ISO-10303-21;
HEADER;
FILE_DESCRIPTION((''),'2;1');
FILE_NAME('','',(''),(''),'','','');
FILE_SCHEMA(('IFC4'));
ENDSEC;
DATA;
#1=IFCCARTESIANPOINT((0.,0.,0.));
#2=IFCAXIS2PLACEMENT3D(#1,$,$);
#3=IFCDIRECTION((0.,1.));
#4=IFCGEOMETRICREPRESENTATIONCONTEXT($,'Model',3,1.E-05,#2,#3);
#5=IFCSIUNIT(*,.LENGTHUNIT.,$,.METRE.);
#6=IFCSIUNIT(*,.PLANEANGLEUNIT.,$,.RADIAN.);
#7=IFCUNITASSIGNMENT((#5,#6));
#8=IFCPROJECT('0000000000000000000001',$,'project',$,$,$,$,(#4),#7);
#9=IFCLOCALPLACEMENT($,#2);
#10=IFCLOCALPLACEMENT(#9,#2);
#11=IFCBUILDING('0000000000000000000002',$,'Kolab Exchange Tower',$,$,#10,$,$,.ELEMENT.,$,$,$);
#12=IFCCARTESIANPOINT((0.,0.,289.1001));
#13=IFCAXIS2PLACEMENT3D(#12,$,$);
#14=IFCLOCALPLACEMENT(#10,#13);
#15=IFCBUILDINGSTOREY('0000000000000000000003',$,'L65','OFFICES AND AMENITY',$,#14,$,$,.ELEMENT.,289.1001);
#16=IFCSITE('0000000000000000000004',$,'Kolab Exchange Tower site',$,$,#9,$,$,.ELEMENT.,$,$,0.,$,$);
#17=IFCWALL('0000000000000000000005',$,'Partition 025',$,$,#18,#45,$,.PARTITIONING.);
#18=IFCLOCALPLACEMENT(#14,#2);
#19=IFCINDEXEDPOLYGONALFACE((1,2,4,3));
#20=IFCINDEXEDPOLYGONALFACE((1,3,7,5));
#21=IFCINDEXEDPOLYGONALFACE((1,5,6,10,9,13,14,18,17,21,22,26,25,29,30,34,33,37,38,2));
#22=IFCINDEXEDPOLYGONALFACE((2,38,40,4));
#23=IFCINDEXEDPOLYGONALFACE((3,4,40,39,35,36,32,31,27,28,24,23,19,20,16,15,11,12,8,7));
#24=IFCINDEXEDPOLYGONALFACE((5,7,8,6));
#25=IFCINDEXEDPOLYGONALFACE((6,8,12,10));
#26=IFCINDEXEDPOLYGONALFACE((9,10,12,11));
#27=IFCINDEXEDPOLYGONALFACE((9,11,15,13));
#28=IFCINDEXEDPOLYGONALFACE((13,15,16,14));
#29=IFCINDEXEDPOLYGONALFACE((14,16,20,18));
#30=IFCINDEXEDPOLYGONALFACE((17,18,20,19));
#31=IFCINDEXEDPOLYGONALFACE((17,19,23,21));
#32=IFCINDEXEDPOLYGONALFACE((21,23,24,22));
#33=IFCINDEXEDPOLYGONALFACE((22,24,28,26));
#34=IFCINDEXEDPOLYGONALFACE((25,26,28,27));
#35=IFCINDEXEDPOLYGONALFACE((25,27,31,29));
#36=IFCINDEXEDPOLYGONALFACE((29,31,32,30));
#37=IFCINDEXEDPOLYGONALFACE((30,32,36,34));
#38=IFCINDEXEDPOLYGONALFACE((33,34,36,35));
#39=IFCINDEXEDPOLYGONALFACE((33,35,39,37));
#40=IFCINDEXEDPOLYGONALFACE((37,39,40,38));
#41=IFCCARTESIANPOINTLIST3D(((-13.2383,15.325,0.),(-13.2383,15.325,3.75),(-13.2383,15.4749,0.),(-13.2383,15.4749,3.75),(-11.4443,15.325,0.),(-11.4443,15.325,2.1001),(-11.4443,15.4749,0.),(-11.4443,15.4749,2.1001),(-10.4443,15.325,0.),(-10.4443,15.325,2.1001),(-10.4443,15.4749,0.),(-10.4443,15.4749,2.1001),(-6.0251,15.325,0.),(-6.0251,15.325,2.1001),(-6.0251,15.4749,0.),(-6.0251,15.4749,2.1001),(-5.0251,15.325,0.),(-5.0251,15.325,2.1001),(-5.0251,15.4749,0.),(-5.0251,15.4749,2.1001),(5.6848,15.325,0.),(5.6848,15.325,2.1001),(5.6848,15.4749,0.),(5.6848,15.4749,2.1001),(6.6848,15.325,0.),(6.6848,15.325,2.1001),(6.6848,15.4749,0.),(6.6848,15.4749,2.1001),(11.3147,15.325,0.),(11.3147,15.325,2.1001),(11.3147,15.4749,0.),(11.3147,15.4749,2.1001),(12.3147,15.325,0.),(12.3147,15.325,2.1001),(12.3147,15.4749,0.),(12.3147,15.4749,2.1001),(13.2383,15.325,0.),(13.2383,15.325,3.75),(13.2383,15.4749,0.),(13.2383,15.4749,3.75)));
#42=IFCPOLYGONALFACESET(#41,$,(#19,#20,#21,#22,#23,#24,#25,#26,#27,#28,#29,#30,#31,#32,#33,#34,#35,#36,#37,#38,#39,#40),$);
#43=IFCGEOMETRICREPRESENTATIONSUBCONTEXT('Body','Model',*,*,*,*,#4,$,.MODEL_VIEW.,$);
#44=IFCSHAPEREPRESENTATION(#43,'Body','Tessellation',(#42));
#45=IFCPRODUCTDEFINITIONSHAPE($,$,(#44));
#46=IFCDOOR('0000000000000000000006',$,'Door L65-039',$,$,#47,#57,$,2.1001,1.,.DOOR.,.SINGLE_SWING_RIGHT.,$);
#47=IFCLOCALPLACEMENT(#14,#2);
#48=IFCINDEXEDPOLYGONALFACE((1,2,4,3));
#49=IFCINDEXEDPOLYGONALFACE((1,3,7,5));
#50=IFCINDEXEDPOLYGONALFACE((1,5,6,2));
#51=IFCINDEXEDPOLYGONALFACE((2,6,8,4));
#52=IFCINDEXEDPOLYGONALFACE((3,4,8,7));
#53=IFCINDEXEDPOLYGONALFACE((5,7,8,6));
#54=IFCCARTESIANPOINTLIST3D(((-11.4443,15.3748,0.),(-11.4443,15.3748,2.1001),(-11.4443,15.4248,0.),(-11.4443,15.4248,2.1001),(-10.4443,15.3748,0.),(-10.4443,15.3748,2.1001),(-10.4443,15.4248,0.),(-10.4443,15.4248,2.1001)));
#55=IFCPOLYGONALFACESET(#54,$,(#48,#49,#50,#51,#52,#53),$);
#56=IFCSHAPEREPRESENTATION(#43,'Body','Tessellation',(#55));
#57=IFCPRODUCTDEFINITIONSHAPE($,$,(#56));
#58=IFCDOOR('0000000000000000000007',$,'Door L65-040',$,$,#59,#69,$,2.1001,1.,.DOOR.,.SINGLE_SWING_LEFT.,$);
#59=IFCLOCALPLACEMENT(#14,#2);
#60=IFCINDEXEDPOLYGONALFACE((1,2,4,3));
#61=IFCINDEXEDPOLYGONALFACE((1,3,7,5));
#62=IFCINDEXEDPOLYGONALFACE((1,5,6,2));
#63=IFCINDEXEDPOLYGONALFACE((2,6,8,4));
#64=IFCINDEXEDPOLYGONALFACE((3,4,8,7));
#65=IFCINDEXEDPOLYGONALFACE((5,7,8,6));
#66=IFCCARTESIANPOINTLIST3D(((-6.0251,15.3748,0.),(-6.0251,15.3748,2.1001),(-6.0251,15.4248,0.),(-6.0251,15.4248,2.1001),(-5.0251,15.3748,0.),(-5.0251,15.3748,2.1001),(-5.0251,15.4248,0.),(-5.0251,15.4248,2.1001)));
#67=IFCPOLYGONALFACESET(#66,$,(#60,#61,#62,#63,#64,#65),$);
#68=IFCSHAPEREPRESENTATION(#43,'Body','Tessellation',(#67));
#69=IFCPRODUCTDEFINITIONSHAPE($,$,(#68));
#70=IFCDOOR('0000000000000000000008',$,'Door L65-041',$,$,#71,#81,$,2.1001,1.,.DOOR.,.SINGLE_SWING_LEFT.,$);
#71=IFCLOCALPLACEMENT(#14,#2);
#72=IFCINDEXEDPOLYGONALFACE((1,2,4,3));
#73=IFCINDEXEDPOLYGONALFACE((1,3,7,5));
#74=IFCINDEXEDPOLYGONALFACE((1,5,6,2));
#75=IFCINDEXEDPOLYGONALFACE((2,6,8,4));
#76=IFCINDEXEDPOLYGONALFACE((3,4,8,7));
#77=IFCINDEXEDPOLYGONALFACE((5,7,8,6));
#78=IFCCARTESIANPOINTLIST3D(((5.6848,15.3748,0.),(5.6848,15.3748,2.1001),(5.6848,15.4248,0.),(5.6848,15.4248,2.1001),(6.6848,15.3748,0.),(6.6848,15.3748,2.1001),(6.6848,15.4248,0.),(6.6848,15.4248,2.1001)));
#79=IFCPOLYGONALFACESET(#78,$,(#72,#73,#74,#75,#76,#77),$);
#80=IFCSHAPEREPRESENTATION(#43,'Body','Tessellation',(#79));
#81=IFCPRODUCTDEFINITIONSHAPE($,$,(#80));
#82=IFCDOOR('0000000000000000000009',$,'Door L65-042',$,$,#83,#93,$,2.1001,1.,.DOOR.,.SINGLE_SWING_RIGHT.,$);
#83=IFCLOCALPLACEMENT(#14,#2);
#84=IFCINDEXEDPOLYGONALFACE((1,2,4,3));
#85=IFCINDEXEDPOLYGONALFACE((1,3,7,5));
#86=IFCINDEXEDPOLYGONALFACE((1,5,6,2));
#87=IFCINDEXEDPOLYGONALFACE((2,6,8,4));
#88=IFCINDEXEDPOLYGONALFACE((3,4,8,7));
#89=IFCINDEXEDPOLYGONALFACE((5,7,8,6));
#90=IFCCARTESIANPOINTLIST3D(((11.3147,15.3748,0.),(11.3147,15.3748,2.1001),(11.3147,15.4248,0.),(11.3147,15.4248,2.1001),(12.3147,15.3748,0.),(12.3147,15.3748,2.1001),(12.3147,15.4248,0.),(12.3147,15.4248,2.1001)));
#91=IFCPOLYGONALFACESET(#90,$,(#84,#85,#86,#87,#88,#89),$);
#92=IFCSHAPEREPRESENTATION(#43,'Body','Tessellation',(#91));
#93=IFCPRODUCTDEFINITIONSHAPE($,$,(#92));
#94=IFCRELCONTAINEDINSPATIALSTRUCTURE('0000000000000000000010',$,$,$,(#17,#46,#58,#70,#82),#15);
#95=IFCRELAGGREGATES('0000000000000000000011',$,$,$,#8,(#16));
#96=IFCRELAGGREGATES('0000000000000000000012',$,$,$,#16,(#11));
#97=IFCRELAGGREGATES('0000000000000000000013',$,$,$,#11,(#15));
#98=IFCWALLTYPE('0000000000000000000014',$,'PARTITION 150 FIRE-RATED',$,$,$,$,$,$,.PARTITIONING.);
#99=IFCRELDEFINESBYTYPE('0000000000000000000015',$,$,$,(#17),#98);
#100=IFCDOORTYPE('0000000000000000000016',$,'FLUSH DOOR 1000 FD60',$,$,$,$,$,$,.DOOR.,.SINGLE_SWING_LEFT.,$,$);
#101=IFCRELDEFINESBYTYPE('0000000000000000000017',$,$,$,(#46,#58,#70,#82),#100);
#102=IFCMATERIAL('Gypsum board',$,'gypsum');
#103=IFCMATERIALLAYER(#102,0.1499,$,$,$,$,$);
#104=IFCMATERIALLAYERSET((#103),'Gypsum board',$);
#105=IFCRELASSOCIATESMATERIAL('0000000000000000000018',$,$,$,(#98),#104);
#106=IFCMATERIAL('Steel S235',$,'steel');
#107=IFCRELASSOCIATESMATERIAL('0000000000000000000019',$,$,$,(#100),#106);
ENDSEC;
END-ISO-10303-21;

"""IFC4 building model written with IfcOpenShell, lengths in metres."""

from ifc_helpers import new_model, si_unit, direction, frame, frame_2d, origin, place, context, subcontext, project, spatial, rectangle, extrude, material, layer, layer_set, type_object, element, fill, save


model = new_model("IFC4")

# Units and contexts
model_context = context("Model", 3, precision=1e-05, world=origin(), true_north=direction((0.0, 1.0)))
body_context = subcontext(model_context, "Body", "Model", "MODEL_VIEW")
ifc_project = project(units=[si_unit("LENGTHUNIT", "METRE"), si_unit("PLANEANGLEUNIT", "RADIAN")], contexts=[model_context])

# Site, building, storey
site_placement = place(None, origin())
site = spatial("IfcSite", under=ifc_project, at=site_placement, Name="Kolab Exchange Tower site", CompositionType="ELEMENT", RefElevation=0.0)
building_placement = place(site_placement, origin())
building = spatial("IfcBuilding", under=site, at=building_placement, Name="Kolab Exchange Tower", CompositionType="ELEMENT")
storey_placement = place(building_placement, frame((0.0, 0.0, 289.1001)))
storey = spatial("IfcBuildingStorey", under=building, at=storey_placement, Name="L65", Description="OFFICES AND AMENITY", CompositionType="ELEMENT", Elevation=289.1001)

# Wall, openings, doors
ifc_material_1 = material(Name="Gypsum board", Category="gypsum")
ifc_layer_1 = layer(ifc_material_1, 0.1499)
ifc_layer_set_1 = layer_set([ifc_layer_1], Name="Gypsum board")
wall_type = type_object("IfcWallType", Name="PARTITION 150 FIRE-RATED", PredefinedType="PARTITIONING", material=ifc_layer_set_1)
ifc_material_2 = material(Name="Steel S235", Category="steel")
wall_1_placement = place(storey_placement, frame((-13.2383, 15.3999, 0.0), z_axis=(0.0, 0.0, 1.0), x_axis=(1.0, 0.0, 0.0)))
wall_1 = element("IfcWall", 1, at=wall_1_placement, inside=storey, type_object=wall_type, Name="Partition 025", PredefinedType="PARTITIONING", context=body_context, shape_type="SweptSolid", body=[
    extrude(rectangle(XDim=26.4766, YDim=0.1499, at=frame_2d((13.2383, 0.0))), origin(), (0.0, 0.0, 1.0), 3.75),
])
opening_1_placement = place(wall_1_placement, frame((1.7939, 0.0, 0.0)))
opening_1 = element("IfcOpeningElement", 2, at=opening_1_placement, cuts=wall_1, PredefinedType="OPENING", context=body_context, shape_type="SweptSolid", body=[
    extrude(rectangle(XDim=1.0, YDim=2.1001, at=frame_2d((0.5, 1.05))), frame((0.0, 0.085, 0.0), z_axis=(0.0, -1.0, 0.0), x_axis=(1.0, 0.0, 0.0)), (0.0, 0.0, 1.0), 0.1699),
])
opening_2_placement = place(wall_1_placement, frame((7.2131, 0.0, 0.0)))
opening_2 = element("IfcOpeningElement", 3, at=opening_2_placement, cuts=wall_1, PredefinedType="OPENING", context=body_context, shape_type="SweptSolid", body=[
    extrude(rectangle(XDim=1.0, YDim=2.1001, at=frame_2d((0.5, 1.05))), frame((0.0, 0.085, 0.0), z_axis=(0.0, -1.0, 0.0), x_axis=(1.0, 0.0, 0.0)), (0.0, 0.0, 1.0), 0.1699),
])
opening_3_placement = place(wall_1_placement, frame((18.9231, 0.0, 0.0)))
opening_3 = element("IfcOpeningElement", 4, at=opening_3_placement, cuts=wall_1, PredefinedType="OPENING", context=body_context, shape_type="SweptSolid", body=[
    extrude(rectangle(XDim=1.0, YDim=2.1001, at=frame_2d((0.5, 1.05))), frame((0.0, 0.085, 0.0), z_axis=(0.0, -1.0, 0.0), x_axis=(1.0, 0.0, 0.0)), (0.0, 0.0, 1.0), 0.1699),
])
opening_4_placement = place(wall_1_placement, frame((24.553, 0.0, 0.0)))
opening_4 = element("IfcOpeningElement", 5, at=opening_4_placement, cuts=wall_1, PredefinedType="OPENING", context=body_context, shape_type="SweptSolid", body=[
    extrude(rectangle(XDim=1.0, YDim=2.1001, at=frame_2d((0.5, 1.05))), frame((0.0, 0.085, 0.0), z_axis=(0.0, -1.0, 0.0), x_axis=(1.0, 0.0, 0.0)), (0.0, 0.0, 1.0), 0.1699),
])
door_type_1 = type_object("IfcDoorType", Name="FLUSH DOOR 1000 FD60", OperationType="SINGLE_SWING_LEFT", PredefinedType="DOOR", material=ifc_material_2)
door_1_placement = place(opening_1_placement, origin())
door_1 = element("IfcDoor", 6, at=door_1_placement, inside=storey, type_object=door_type_1, Name="Door L65-039", OperationType="SINGLE_SWING_RIGHT", OverallHeight=2.1001, OverallWidth=1.0, PredefinedType="DOOR", context=body_context, shape_type="SweptSolid", body=[
    extrude(rectangle(XDim=1.0, YDim=2.1001, at=frame_2d((0.5, 1.05))), frame((0.0, 0.0249, 0.0), z_axis=(0.0, -1.0, 0.0), x_axis=(1.0, 0.0, 0.0)), (0.0, 0.0, 1.0), 0.05),
])
fill(opening_1, door_1)
door_2_placement = place(opening_2_placement, origin())
door_2 = element("IfcDoor", 7, at=door_2_placement, inside=storey, type_object=door_type_1, Name="Door L65-040", OperationType="SINGLE_SWING_LEFT", OverallHeight=2.1001, OverallWidth=1.0, PredefinedType="DOOR", context=body_context, shape_type="SweptSolid", body=[
    extrude(rectangle(XDim=1.0, YDim=2.1001, at=frame_2d((0.5, 1.05))), frame((0.0, 0.0249, 0.0), z_axis=(0.0, -1.0, 0.0), x_axis=(1.0, 0.0, 0.0)), (0.0, 0.0, 1.0), 0.05),
])
fill(opening_2, door_2)
door_3_placement = place(opening_3_placement, origin())
door_3 = element("IfcDoor", 8, at=door_3_placement, inside=storey, type_object=door_type_1, Name="Door L65-041", OperationType="SINGLE_SWING_LEFT", OverallHeight=2.1001, OverallWidth=1.0, PredefinedType="DOOR", context=body_context, shape_type="SweptSolid", body=[
    extrude(rectangle(XDim=1.0, YDim=2.1001, at=frame_2d((0.5, 1.05))), frame((0.0, 0.0249, 0.0), z_axis=(0.0, -1.0, 0.0), x_axis=(1.0, 0.0, 0.0)), (0.0, 0.0, 1.0), 0.05),
])
fill(opening_3, door_3)
door_4_placement = place(opening_4_placement, origin())
door_4 = element("IfcDoor", 9, at=door_4_placement, inside=storey, type_object=door_type_1, Name="Door L65-042", OperationType="SINGLE_SWING_RIGHT", OverallHeight=2.1001, OverallWidth=1.0, PredefinedType="DOOR", context=body_context, shape_type="SweptSolid", body=[
    extrude(rectangle(XDim=1.0, YDim=2.1001, at=frame_2d((0.5, 1.05))), frame((0.0, 0.0249, 0.0), z_axis=(0.0, -1.0, 0.0), x_axis=(1.0, 0.0, 0.0)), (0.0, 0.0, 1.0), 0.05),
])
fill(opening_4, door_4)

save(model, "model.ifc")
